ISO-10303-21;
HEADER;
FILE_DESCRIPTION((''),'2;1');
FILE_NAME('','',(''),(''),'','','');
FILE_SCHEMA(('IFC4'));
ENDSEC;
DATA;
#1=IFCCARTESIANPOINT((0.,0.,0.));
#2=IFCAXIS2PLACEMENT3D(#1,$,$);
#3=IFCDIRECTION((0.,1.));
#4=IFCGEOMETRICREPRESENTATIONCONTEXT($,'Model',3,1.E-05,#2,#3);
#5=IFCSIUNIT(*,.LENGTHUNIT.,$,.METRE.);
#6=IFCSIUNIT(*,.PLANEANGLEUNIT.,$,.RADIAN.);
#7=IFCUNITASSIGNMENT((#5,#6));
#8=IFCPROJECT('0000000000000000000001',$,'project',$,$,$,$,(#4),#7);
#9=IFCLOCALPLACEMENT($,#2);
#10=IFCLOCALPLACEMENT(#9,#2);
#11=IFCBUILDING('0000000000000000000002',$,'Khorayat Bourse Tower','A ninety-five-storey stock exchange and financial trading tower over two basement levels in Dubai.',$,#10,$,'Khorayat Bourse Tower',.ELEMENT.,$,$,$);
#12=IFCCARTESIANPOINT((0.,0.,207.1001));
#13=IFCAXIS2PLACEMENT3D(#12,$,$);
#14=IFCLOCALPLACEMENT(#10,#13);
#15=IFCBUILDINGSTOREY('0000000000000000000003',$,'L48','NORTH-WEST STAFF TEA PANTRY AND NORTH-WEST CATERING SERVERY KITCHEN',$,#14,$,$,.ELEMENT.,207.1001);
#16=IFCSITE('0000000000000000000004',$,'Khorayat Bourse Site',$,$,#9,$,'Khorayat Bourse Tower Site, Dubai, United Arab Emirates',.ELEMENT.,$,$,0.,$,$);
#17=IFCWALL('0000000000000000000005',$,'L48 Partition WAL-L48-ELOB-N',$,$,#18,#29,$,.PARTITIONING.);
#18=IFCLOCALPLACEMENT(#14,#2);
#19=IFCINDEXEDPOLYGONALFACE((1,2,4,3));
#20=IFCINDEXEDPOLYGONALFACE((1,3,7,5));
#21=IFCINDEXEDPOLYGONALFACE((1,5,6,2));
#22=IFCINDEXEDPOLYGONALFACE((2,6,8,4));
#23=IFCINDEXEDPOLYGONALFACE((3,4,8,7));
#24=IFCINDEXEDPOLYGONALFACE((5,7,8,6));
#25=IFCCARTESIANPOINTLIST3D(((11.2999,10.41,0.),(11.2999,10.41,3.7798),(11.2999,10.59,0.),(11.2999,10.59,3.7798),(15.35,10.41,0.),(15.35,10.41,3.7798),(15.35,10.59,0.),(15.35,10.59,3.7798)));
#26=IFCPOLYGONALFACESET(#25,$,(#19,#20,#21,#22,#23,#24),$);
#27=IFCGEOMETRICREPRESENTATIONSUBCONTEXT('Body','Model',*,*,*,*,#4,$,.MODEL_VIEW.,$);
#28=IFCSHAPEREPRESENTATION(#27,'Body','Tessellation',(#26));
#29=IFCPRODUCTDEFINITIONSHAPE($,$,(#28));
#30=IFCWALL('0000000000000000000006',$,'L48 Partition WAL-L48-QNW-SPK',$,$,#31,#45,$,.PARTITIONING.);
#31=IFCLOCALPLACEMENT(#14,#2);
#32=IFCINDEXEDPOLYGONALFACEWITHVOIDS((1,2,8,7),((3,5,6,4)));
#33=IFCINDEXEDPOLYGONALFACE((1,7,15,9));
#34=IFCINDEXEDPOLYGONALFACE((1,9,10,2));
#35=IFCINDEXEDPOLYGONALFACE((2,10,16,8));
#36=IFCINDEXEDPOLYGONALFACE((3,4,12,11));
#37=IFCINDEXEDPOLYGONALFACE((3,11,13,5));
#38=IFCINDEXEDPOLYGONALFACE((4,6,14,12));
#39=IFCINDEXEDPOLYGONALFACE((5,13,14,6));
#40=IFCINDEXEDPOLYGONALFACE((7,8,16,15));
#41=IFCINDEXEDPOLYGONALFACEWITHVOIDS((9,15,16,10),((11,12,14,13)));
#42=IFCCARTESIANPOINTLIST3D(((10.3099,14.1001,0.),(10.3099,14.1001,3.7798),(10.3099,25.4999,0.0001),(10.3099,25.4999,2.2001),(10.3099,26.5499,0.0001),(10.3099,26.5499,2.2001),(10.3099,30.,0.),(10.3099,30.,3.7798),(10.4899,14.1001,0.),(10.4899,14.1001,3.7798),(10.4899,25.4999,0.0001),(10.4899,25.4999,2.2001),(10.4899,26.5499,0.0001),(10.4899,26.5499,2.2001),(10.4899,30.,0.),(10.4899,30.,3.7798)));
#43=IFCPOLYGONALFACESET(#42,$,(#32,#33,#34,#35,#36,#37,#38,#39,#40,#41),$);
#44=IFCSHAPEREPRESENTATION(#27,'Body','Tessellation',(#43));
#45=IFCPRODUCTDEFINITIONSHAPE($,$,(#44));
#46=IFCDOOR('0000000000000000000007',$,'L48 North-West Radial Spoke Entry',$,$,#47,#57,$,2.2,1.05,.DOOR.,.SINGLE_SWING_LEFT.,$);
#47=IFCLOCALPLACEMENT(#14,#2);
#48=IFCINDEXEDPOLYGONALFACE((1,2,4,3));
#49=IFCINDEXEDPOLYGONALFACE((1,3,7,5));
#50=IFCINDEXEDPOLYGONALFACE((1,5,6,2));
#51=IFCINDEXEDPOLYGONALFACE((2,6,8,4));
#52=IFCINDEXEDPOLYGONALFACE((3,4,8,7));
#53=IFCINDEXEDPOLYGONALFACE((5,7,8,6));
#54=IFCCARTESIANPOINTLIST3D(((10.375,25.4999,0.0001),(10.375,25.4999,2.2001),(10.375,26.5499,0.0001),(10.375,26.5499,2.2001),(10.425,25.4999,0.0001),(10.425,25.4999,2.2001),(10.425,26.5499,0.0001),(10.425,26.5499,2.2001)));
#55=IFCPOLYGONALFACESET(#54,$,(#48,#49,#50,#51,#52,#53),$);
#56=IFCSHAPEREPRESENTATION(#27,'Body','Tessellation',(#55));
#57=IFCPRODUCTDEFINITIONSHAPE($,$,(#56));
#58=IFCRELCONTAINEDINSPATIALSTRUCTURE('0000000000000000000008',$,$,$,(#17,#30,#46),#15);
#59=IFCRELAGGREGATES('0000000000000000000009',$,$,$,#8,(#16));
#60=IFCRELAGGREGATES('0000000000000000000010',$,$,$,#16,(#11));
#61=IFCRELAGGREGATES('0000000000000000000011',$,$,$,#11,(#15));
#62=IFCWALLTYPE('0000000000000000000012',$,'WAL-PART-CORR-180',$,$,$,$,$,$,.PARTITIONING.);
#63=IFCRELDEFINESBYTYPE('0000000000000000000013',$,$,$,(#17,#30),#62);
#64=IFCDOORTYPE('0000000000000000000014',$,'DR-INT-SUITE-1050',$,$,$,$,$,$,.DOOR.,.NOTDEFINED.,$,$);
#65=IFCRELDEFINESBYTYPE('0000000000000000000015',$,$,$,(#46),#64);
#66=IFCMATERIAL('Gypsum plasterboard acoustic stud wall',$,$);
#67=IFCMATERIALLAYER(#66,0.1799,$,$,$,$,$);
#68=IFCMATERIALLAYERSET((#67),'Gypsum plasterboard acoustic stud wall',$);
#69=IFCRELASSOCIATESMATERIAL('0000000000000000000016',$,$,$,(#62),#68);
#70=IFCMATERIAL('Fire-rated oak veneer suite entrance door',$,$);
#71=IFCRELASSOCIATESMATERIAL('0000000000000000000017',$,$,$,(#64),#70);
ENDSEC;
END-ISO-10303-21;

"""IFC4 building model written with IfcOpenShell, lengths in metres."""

from ifc_helpers import new_model, si_unit, direction, frame, frame_2d, origin, place, context, subcontext, project, spatial, rectangle, extrude, source, transform, mapped, material, layer, layer_set, type_object, element, fill, save


model = new_model("IFC4")

# Units and contexts
model_context = context("Model", 3, precision=1e-05, world=origin(), true_north=direction((0.0, 1.0)))
body_context = subcontext(model_context, "Body", "Model", "MODEL_VIEW")
ifc_project = project(units=[si_unit("LENGTHUNIT", "METRE"), si_unit("PLANEANGLEUNIT", "RADIAN")], contexts=[model_context])

# Site, building, storey
site_placement = place(None, origin())
site = spatial("IfcSite", under=ifc_project, at=site_placement, Name="Khorayat Bourse Site", LongName="Khorayat Bourse Tower Site, Dubai, United Arab Emirates", CompositionType="ELEMENT", RefElevation=0.0)
building_placement = place(site_placement, origin())
building = spatial("IfcBuilding", under=site, at=building_placement, Name="Khorayat Bourse Tower", Description="A ninety-five-storey stock exchange and financial trading tower over two basement levels in Dubai.", LongName="Khorayat Bourse Tower", CompositionType="ELEMENT")
storey_placement = place(building_placement, frame((0.0, 0.0, 207.1001)))
storey = spatial("IfcBuildingStorey", under=building, at=storey_placement, Name="L48", Description="NORTH-WEST STAFF TEA PANTRY AND NORTH-WEST CATERING SERVERY KITCHEN", CompositionType="ELEMENT", Elevation=207.1001)

# Wall
ifc_material_1 = material(Name="Gypsum plasterboard acoustic stud wall")
ifc_layer_1 = layer(ifc_material_1, 0.1799)
ifc_layer_set_1 = layer_set([ifc_layer_1], Name="Gypsum plasterboard acoustic stud wall")
wall_type_1 = type_object("IfcWallType", Name="WAL-PART-CORR-180", PredefinedType="PARTITIONING", material=ifc_layer_set_1)
shared_shape_1 = source(origin(), body_context, "Body", "SweptSolid", [
    extrude(rectangle(XDim=4.05, YDim=0.1799, at=frame_2d((2.0249, 0.0))), origin(), (0.0, 0.0, 1.0), 3.7798),
])
wall_1_placement = place(storey_placement, frame((11.3, 10.5, 0.0), z_axis=(0.0, 0.0, 1.0), x_axis=(1.0, 0.0, 0.0)))
element("IfcWall", 1, at=wall_1_placement, inside=storey, type_object=wall_type_1, Name="L48 Partition WAL-L48-ELOB-N", PredefinedType="PARTITIONING", context=body_context, shape_type="MappedRepresentation", body=[
    mapped(shared_shape_1, transform((0.0, 0.0, 0.0), scale=1.0)),
])

# Wall, opening, door
shared_shape_2 = source(origin(), body_context, "Body", "SweptSolid", [
    extrude(rectangle(XDim=15.8999, YDim=0.1799, at=frame_2d((7.95, 0.0))), origin(), (0.0, 0.0, 1.0), 3.7798),
])
wall_2_placement = place(storey_placement, frame((10.3999, 14.1001, 0.0), z_axis=(0.0, 0.0, 1.0), x_axis=(0.0, 1.0, 0.0)))
wall_2 = element("IfcWall", 2, at=wall_2_placement, inside=storey, type_object=wall_type_1, Name="L48 Partition WAL-L48-QNW-SPK", PredefinedType="PARTITIONING", context=body_context, shape_type="MappedRepresentation", body=[
    mapped(shared_shape_2, transform((0.0, 0.0, 0.0), scale=1.0)),
])
shared_shape_3 = source(origin(), body_context, "Body", "SweptSolid", [
    extrude(rectangle(XDim=1.05, YDim=2.2, at=frame_2d((0.5249, 1.1001))), frame((0.0, 0.0999, 0.0), z_axis=(0.0, -1.0, 0.0), x_axis=(1.0, 0.0, 0.0)), (0.0, 0.0, 1.0), 0.2),
])
opening_1_placement = place(wall_2_placement, frame((11.3999, 0.0, 0.0)))
opening_1 = element("IfcOpeningElement", 3, at=opening_1_placement, cuts=wall_2, PredefinedType="OPENING", context=body_context, shape_type="MappedRepresentation", body=[
    mapped(shared_shape_3, transform((0.0, 0.0, 0.0), scale=1.0)),
])
ifc_material_2 = material(Name="Fire-rated oak veneer suite entrance door")
door_type_1 = type_object("IfcDoorType", Name="DR-INT-SUITE-1050", OperationType="NOTDEFINED", PredefinedType="DOOR", material=ifc_material_2)
shared_shape_4 = source(origin(), body_context, "Body", "SweptSolid", [
    extrude(rectangle(XDim=1.05, YDim=2.2, at=frame_2d((0.5249, 1.1001))), frame((0.0, 0.0249, 0.0), z_axis=(0.0, -1.0, 0.0), x_axis=(1.0, 0.0, 0.0)), (0.0, 0.0, 1.0), 0.05),
])
door_1_placement = place(opening_1_placement, origin())
door_1 = element("IfcDoor", 4, at=door_1_placement, inside=storey, type_object=door_type_1, Name="L48 North-West Radial Spoke Entry", OperationType="SINGLE_SWING_LEFT", OverallHeight=2.2, OverallWidth=1.05, PredefinedType="DOOR", context=body_context, shape_type="MappedRepresentation", body=[
    mapped(shared_shape_4, transform((0.0, 0.0, 0.0), scale=1.0)),
])
fill(opening_1, door_1)

save(model, "model.ifc")
